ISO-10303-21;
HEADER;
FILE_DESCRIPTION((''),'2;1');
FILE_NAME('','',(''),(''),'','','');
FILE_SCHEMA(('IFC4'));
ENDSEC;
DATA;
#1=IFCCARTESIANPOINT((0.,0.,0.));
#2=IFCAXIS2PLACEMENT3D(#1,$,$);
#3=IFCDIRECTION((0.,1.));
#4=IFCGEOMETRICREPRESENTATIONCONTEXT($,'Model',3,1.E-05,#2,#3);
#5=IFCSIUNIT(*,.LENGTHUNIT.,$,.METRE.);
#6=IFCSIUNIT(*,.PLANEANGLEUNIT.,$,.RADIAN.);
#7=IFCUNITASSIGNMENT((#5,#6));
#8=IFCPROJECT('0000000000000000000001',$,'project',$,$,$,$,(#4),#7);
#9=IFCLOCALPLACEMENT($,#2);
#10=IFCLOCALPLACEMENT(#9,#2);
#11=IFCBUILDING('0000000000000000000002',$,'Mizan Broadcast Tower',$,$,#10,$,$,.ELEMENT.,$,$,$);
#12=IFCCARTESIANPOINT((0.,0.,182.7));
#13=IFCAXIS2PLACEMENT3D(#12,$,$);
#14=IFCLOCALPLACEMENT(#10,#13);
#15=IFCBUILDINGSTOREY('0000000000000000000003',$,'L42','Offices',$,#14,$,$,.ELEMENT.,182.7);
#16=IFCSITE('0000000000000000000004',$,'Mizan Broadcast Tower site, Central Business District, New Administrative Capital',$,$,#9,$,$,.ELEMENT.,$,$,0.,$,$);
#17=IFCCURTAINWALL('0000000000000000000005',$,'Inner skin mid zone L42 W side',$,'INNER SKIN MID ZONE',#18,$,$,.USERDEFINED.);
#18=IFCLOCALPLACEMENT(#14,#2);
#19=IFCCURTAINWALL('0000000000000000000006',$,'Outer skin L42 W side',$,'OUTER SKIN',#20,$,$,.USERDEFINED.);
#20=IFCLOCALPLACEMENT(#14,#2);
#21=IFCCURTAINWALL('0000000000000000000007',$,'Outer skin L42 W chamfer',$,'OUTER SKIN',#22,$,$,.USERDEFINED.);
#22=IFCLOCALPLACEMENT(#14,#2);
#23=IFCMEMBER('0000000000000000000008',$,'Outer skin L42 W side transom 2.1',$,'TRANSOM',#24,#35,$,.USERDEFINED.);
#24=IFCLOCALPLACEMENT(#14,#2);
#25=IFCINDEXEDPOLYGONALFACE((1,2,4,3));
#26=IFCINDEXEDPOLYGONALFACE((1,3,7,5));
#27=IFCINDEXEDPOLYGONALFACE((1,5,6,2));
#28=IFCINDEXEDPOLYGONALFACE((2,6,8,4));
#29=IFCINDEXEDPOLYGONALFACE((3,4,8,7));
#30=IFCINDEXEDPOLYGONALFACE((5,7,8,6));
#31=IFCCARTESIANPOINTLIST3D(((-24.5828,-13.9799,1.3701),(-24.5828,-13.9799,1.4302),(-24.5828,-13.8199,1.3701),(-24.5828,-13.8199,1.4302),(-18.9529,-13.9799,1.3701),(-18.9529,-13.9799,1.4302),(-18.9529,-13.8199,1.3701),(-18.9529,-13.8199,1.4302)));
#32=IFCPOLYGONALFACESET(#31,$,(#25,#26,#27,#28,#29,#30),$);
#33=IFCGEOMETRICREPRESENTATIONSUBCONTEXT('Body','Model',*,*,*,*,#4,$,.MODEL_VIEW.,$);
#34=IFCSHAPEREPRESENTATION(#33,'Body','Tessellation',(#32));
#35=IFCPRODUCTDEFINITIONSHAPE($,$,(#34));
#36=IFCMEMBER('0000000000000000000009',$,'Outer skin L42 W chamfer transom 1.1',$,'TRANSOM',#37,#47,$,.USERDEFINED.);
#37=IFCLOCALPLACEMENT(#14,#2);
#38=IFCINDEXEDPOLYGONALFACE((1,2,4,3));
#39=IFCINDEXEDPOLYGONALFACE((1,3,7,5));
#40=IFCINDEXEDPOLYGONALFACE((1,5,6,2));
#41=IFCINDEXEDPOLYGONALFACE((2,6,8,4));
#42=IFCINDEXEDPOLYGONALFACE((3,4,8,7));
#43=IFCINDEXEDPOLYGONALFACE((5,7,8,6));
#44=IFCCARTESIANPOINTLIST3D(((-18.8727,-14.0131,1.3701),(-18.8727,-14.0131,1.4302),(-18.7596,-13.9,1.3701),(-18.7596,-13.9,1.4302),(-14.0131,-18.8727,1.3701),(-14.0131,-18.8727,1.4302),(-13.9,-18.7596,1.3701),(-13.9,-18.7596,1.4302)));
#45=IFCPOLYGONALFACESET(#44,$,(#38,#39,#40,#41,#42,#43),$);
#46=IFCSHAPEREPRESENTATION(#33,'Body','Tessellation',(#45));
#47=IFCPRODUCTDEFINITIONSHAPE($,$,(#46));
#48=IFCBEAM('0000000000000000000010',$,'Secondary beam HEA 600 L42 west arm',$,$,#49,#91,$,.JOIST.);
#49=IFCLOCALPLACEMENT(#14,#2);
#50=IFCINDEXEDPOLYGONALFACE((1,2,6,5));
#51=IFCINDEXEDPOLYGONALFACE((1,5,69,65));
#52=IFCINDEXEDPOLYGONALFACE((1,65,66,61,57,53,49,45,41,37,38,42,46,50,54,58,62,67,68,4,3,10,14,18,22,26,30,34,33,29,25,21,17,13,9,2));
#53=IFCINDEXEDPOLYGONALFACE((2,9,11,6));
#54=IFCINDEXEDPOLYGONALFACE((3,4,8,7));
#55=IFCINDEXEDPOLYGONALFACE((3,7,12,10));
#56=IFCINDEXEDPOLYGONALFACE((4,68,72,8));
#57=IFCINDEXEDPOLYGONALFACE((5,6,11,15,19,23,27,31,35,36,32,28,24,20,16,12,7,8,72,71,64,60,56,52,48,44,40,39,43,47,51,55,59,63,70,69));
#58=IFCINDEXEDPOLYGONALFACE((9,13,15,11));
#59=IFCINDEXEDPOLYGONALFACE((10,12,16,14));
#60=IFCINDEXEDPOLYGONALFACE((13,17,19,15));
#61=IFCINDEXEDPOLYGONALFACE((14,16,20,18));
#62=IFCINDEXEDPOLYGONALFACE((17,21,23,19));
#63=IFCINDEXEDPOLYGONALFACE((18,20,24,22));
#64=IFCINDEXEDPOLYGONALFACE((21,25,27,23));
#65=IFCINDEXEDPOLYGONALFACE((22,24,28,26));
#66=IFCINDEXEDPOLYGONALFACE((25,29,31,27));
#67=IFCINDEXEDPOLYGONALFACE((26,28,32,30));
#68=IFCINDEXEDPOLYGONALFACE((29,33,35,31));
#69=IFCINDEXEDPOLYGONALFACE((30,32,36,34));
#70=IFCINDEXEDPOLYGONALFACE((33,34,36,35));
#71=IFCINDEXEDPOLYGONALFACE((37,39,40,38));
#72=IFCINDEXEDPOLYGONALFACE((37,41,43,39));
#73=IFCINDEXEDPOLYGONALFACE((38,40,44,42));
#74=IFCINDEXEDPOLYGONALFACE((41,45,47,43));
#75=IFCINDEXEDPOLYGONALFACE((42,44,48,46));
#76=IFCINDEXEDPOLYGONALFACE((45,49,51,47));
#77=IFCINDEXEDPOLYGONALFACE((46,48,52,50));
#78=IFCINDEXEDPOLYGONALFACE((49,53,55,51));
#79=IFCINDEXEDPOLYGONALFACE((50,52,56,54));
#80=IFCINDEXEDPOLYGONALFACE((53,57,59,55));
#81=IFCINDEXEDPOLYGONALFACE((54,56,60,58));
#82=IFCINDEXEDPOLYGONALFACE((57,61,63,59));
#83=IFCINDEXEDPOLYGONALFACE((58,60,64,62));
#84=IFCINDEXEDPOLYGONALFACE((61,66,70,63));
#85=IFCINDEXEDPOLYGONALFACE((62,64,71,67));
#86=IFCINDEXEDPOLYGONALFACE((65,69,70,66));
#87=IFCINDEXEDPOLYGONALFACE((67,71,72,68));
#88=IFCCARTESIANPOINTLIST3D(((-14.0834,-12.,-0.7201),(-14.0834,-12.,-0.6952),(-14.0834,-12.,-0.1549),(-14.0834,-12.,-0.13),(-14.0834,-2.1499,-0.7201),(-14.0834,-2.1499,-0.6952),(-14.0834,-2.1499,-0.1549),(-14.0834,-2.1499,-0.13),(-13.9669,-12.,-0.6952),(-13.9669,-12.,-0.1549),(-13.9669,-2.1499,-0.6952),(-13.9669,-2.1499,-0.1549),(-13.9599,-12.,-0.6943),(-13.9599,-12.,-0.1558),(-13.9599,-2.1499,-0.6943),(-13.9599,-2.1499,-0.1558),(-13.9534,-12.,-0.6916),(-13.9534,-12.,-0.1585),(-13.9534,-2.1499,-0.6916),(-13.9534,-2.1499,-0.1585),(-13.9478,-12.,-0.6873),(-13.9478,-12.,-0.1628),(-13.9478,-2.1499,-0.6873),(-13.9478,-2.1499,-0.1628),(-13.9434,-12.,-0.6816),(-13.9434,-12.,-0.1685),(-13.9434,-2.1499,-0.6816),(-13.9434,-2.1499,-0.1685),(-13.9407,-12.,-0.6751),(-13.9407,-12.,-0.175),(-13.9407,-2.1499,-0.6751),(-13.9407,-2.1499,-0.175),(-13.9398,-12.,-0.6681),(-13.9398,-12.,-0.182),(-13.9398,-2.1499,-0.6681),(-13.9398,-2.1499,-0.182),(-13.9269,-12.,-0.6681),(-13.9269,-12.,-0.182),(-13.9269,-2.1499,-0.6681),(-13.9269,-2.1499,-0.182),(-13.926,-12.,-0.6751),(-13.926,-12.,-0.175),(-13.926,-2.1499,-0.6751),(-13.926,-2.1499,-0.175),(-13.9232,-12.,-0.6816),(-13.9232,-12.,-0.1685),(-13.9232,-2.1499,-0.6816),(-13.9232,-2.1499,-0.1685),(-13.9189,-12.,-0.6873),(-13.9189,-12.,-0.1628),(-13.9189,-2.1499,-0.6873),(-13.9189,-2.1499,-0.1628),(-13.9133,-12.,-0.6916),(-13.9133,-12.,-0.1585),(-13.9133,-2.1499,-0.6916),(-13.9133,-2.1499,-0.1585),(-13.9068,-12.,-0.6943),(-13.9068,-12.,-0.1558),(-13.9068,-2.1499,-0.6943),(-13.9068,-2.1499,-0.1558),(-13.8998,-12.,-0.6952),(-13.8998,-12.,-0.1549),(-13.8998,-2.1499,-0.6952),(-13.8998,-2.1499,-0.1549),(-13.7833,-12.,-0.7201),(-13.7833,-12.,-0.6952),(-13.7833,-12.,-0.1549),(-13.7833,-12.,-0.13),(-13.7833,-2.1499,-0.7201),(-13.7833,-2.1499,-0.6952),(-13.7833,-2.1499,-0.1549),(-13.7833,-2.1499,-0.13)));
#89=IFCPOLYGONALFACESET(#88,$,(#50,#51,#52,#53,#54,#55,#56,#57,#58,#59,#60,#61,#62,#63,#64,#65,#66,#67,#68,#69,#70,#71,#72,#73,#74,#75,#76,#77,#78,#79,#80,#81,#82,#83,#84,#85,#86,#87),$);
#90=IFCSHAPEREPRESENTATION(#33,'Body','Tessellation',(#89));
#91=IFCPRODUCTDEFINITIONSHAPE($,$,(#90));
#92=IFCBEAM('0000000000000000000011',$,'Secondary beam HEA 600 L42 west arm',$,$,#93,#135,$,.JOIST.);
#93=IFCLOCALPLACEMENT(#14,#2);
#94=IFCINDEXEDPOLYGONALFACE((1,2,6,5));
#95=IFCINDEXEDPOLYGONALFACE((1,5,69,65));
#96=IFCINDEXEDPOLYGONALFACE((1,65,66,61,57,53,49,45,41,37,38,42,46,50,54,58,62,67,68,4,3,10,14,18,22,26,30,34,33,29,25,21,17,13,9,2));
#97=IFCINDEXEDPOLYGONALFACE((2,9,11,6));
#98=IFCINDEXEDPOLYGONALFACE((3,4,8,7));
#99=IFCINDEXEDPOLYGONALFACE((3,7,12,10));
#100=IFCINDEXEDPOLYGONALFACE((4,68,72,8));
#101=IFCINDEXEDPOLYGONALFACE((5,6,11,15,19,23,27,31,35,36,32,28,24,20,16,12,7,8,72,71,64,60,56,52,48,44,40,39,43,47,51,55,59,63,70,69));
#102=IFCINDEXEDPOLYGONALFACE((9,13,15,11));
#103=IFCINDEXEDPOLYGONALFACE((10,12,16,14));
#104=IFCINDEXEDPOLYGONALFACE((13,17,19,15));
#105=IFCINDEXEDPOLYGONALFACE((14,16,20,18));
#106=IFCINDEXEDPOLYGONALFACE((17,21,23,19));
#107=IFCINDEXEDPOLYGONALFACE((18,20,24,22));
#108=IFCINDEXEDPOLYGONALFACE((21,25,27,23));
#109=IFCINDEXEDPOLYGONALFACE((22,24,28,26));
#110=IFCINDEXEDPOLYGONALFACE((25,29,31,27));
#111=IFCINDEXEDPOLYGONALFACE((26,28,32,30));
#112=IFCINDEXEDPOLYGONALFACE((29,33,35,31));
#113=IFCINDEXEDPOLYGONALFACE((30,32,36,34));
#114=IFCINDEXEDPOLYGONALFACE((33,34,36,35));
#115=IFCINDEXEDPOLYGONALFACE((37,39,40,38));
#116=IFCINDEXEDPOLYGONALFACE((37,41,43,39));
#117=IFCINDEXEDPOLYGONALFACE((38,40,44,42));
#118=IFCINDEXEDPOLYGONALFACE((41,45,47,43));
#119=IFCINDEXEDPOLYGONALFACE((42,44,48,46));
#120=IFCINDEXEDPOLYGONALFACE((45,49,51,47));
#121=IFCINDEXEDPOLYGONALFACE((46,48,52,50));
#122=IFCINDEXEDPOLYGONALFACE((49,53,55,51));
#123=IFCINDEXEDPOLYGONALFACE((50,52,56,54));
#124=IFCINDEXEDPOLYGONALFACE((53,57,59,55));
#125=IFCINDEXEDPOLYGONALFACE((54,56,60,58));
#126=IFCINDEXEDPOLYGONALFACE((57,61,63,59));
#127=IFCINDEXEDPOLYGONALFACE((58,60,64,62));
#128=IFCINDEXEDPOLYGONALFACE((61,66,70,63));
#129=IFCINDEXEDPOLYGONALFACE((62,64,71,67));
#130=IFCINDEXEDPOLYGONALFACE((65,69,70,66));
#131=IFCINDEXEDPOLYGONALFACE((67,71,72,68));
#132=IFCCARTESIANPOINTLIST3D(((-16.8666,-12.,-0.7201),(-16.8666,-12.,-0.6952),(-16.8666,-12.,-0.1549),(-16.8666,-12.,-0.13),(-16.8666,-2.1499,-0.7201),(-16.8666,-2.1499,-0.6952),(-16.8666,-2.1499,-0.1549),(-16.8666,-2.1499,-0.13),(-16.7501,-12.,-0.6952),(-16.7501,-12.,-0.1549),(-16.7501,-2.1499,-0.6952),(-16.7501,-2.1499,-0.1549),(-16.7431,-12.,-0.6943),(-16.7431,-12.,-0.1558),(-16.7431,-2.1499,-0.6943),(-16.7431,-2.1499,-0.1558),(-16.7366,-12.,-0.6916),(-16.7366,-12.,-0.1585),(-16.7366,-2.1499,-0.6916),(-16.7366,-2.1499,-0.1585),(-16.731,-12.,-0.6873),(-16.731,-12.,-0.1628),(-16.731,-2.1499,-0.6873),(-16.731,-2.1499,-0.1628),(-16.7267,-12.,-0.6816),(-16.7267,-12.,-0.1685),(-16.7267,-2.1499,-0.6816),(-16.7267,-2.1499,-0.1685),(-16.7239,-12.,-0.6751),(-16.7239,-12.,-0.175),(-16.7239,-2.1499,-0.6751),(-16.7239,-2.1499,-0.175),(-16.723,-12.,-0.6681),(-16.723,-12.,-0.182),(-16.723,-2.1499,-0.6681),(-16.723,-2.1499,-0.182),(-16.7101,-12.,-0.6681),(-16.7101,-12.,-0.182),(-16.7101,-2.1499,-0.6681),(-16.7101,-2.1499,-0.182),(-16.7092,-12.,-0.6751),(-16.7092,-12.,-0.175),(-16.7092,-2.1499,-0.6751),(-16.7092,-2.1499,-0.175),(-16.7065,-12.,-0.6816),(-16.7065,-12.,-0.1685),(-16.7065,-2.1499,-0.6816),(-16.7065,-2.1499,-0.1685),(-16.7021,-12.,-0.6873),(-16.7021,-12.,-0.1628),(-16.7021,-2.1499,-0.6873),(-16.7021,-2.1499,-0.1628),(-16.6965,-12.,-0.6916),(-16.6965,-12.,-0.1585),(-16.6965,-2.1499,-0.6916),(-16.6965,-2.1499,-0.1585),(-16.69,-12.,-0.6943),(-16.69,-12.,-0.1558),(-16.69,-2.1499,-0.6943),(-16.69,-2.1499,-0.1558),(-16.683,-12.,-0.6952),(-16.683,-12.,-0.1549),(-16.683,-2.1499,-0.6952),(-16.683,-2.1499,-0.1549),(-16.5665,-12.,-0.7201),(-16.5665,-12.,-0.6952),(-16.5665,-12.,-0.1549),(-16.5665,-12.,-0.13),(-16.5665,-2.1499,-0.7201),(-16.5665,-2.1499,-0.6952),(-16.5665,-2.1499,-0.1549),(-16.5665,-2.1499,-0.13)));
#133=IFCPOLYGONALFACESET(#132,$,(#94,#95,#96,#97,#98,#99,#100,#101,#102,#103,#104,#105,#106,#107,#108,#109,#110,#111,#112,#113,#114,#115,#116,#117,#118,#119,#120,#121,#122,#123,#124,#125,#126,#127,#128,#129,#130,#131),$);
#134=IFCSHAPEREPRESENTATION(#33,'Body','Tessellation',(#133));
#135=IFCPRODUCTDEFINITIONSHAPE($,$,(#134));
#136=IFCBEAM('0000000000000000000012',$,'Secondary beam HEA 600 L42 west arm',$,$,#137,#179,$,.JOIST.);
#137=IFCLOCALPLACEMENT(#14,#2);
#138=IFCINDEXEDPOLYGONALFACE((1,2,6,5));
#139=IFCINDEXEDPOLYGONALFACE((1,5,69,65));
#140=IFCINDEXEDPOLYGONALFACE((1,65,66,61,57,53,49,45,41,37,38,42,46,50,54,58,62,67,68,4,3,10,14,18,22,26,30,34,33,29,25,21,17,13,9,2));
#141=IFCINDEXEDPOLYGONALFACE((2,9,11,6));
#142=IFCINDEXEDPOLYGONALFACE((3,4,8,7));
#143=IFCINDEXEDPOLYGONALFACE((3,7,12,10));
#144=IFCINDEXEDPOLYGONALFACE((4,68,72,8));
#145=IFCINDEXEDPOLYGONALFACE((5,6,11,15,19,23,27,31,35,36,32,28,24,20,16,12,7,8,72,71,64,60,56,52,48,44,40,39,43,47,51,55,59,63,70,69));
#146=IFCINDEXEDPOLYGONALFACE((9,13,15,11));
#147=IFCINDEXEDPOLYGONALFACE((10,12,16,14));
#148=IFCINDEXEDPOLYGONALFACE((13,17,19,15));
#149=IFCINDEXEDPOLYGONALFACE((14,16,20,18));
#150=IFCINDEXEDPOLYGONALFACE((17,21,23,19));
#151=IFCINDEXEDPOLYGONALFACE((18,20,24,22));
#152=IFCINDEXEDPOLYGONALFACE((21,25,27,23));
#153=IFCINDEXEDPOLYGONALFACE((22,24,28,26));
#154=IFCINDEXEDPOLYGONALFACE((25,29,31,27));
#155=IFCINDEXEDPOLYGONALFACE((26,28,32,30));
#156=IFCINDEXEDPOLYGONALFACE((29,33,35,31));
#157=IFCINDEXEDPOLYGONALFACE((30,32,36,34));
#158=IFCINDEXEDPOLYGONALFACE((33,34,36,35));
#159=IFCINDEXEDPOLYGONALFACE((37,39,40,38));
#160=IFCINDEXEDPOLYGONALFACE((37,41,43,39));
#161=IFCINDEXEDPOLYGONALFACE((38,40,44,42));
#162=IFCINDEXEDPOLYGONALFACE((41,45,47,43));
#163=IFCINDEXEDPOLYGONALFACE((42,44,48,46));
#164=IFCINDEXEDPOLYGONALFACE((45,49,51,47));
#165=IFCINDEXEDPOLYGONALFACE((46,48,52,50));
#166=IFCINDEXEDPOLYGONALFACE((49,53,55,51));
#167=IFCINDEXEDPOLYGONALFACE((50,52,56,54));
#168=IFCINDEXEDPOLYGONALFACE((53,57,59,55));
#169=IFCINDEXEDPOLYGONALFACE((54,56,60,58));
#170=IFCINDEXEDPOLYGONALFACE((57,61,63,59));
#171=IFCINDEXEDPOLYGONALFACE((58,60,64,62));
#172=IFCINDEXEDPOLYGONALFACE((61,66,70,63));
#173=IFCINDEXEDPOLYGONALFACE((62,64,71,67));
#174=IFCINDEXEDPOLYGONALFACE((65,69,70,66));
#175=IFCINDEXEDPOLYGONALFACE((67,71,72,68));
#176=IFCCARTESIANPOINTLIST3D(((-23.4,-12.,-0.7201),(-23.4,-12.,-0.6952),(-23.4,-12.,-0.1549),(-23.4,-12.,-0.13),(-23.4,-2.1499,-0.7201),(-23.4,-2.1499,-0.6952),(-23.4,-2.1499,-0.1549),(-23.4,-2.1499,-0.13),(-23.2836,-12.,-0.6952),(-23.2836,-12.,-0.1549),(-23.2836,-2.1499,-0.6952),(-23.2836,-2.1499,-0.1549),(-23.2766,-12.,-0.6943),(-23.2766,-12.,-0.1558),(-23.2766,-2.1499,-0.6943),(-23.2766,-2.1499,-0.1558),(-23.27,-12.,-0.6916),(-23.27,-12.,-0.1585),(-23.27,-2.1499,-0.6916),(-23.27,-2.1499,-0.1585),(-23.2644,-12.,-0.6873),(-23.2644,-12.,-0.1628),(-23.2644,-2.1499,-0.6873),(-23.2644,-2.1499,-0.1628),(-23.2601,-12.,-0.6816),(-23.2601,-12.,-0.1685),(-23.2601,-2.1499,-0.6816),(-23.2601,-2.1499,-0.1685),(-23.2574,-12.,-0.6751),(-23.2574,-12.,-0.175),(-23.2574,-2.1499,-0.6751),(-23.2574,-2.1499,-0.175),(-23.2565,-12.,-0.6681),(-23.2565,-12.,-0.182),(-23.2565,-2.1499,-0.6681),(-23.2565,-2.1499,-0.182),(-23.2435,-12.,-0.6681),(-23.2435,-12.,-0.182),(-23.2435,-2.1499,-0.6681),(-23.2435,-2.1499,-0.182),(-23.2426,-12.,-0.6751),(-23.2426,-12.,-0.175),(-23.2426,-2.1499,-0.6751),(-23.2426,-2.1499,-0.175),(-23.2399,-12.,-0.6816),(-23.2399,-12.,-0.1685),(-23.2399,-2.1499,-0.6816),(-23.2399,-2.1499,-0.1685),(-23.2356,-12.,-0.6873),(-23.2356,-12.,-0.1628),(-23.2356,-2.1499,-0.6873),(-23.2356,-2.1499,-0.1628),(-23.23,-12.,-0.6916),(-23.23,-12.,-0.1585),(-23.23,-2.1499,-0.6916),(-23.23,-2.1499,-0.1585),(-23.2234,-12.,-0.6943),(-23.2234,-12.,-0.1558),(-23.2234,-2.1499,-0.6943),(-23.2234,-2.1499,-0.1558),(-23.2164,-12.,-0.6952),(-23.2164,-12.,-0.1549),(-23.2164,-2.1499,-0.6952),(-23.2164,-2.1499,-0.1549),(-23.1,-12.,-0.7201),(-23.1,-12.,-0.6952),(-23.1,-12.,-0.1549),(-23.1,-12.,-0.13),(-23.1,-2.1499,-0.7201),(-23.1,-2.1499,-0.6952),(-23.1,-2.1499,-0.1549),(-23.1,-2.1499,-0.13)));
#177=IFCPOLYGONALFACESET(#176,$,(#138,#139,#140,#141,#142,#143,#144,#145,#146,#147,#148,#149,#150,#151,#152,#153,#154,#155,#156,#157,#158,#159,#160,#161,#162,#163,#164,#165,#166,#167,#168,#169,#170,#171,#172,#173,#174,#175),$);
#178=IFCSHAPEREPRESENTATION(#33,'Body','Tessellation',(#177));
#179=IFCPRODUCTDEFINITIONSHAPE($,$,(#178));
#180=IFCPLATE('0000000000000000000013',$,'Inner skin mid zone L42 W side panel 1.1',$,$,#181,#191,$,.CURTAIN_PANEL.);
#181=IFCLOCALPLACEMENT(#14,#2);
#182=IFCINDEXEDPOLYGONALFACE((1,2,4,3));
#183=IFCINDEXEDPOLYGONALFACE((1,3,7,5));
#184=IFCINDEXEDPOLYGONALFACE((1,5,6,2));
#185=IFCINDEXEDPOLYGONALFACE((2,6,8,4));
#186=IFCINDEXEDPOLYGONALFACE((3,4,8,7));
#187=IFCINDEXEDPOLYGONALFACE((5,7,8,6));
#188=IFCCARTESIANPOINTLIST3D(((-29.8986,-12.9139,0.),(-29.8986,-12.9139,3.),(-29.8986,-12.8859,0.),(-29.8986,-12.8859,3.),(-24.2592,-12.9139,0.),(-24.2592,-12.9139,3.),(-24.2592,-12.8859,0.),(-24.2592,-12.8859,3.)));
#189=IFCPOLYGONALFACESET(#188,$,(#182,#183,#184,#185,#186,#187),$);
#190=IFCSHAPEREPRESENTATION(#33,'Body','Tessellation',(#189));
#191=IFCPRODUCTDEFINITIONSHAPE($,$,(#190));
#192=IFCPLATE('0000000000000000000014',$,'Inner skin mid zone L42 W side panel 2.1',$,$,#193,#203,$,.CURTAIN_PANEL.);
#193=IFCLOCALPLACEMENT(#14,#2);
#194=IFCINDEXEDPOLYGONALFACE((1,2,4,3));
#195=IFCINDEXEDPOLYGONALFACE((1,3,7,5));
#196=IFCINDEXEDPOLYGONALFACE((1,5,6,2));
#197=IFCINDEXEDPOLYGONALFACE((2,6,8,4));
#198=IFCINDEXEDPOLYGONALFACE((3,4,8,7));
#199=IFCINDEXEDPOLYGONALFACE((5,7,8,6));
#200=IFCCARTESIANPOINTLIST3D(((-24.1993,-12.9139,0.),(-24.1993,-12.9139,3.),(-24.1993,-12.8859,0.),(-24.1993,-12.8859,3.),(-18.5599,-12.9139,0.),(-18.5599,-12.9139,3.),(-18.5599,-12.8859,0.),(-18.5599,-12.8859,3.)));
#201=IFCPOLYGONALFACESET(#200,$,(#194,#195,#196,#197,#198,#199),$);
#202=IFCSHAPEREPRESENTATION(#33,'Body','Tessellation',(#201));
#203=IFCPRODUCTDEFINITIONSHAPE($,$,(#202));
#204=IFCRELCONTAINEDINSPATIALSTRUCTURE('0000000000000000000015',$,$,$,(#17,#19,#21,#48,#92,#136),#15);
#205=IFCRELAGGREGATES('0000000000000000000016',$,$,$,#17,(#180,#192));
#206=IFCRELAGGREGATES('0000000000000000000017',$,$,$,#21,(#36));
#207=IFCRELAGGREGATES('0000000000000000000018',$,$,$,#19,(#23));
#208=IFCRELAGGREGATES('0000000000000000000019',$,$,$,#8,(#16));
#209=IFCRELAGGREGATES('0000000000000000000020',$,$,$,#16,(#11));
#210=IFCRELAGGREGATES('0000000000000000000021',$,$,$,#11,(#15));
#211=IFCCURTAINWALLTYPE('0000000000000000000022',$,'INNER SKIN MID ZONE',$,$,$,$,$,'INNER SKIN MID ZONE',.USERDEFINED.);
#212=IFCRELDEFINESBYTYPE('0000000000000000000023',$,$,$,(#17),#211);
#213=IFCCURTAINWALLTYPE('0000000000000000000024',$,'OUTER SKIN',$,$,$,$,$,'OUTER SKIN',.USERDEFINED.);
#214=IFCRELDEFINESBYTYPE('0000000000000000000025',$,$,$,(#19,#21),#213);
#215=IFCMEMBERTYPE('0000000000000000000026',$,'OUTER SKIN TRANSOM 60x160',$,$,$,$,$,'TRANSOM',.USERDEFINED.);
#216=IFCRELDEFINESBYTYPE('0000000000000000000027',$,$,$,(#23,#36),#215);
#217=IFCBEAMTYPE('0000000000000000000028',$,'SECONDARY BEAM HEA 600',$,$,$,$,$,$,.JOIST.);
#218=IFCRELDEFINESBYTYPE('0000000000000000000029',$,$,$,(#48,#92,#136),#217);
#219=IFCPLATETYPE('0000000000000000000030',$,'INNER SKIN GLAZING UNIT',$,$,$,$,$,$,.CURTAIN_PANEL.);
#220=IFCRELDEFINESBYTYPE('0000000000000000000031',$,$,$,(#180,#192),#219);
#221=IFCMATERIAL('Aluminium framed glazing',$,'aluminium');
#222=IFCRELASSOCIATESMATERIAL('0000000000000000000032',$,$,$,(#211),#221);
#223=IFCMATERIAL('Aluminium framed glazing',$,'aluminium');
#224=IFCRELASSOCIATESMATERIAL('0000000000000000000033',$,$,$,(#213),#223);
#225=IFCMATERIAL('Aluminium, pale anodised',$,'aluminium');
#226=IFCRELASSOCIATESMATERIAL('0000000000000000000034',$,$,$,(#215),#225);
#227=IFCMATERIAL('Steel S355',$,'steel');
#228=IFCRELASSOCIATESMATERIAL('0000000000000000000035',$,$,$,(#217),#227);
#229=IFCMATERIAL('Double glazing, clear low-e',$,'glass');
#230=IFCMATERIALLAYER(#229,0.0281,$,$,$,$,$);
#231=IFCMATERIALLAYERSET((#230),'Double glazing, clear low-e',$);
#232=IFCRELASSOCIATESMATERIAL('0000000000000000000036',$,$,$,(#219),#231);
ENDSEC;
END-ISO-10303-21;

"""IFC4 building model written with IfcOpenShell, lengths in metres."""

from ifc_helpers import new_model, si_unit, direction, frame, origin, origin_2d, place, context, subcontext, project, spatial, rectangle, i_section, extrude, material, layer, layer_set, material_profile, profile_set, type_object, element, aggregate, save


model = new_model("IFC4")

# Units and contexts
model_context = context("Model", 3, precision=1e-05, world=origin(), true_north=direction((0.0, 1.0)))
body_context = subcontext(model_context, "Body", "Model", "MODEL_VIEW")
ifc_project = project(units=[si_unit("LENGTHUNIT", "METRE"), si_unit("PLANEANGLEUNIT", "RADIAN")], contexts=[model_context])

# Site, building, storey
site_placement = place(None, origin())
site = spatial("IfcSite", under=ifc_project, at=site_placement, Name="Mizan Broadcast Tower site, Central Business District, New Administrative Capital", CompositionType="ELEMENT", RefElevation=0.0)
building_placement = place(site_placement, origin())
building = spatial("IfcBuilding", under=site, at=building_placement, Name="Mizan Broadcast Tower", CompositionType="ELEMENT")
storey_placement = place(building_placement, frame((0.0, 0.0, 182.7)))
storey = spatial("IfcBuildingStorey", under=building, at=storey_placement, Name="L42", Description="Offices", CompositionType="ELEMENT", Elevation=182.7)

# Curtain walls
ifc_material_1 = material(Name="Aluminium framed glazing", Category="aluminium")
curtain_wall_type_1 = type_object("IfcCurtainWallType", Name="INNER SKIN MID ZONE", ElementType="INNER SKIN MID ZONE", PredefinedType="USERDEFINED", material=ifc_material_1)
curtain_wall_1_placement = place(storey_placement, origin())
curtain_wall_1 = element("IfcCurtainWall", 1, at=curtain_wall_1_placement, inside=storey, type_object=curtain_wall_type_1, Name="Inner skin mid zone L42 W side", ObjectType="INNER SKIN MID ZONE", PredefinedType="USERDEFINED")
ifc_material_2 = material(Name="Aluminium framed glazing", Category="aluminium")
curtain_wall_type_2 = type_object("IfcCurtainWallType", Name="OUTER SKIN", ElementType="OUTER SKIN", PredefinedType="USERDEFINED", material=ifc_material_2)
curtain_wall_2_placement = place(storey_placement, origin())
curtain_wall_2 = element("IfcCurtainWall", 2, at=curtain_wall_2_placement, inside=storey, type_object=curtain_wall_type_2, Name="Outer skin L42 W side", ObjectType="OUTER SKIN", PredefinedType="USERDEFINED")

# Curtain wall
curtain_wall_3_placement = place(storey_placement, origin())
curtain_wall_3 = element("IfcCurtainWall", 3, at=curtain_wall_3_placement, inside=storey, type_object=curtain_wall_type_2, Name="Outer skin L42 W chamfer", ObjectType="OUTER SKIN", PredefinedType="USERDEFINED")

# Members
ifc_material_3 = material(Name="Aluminium, pale anodised", Category="aluminium")
ifc_material_profile_1 = material_profile(ifc_material_3, rectangle(XDim=0.1599, YDim=0.0601, at=origin_2d()), Name="TRANSOM 160x60")
ifc_profile_set_1 = profile_set([ifc_material_profile_1], Name="Aluminium, pale anodised")
member_type_1 = type_object("IfcMemberType", Name="OUTER SKIN TRANSOM 60x160", ElementType="TRANSOM", PredefinedType="USERDEFINED", material=ifc_profile_set_1)
member_1_placement = place(storey_placement, frame((-24.5828, -13.8999, 1.4001), z_axis=(1.0, 0.0, 0.0), x_axis=(0.0, 1.0, 0.0)))
member_1 = element("IfcMember", 4, at=member_1_placement, type_object=member_type_1, Name="Outer skin L42 W side transom 2.1", ObjectType="TRANSOM", PredefinedType="USERDEFINED", context=body_context, shape_type="SweptSolid", body=[
    extrude(rectangle(XDim=0.1599, YDim=0.0601, at=origin_2d()), origin(), (0.0, 0.0, 1.0), 5.6299),
])
member_2_placement = place(storey_placement, frame((-18.8162, -13.9565, 1.4001), z_axis=(0.707107, -0.707107, 0.0), x_axis=(0.707107, 0.707107, 0.0)))
member_2 = element("IfcMember", 5, at=member_2_placement, type_object=member_type_1, Name="Outer skin L42 W chamfer transom 1.1", ObjectType="TRANSOM", PredefinedType="USERDEFINED", context=body_context, shape_type="SweptSolid", body=[
    extrude(rectangle(XDim=0.1599, YDim=0.0601, at=origin_2d()), origin(), (0.0, 0.0, 1.0), 6.8726),
])

# Beams
ifc_material_4 = material(Name="Steel S355", Category="steel")
ifc_material_profile_2 = material_profile(ifc_material_4, i_section(OverallWidth=0.3, OverallDepth=0.5901, WebThickness=0.0129, FlangeThickness=0.0249, FilletRadius=0.0271, at=origin_2d()), Name="HEA 600")
ifc_profile_set_2 = profile_set([ifc_material_profile_2], Name="Steel S355")
beam_type_1 = type_object("IfcBeamType", Name="SECONDARY BEAM HEA 600", PredefinedType="JOIST", material=ifc_profile_set_2)
for number, where, z_axis, x_axis, name in (
    (6, (-13.9333, -12.0, -0.425), (0.0, 1.0, 0.0), (-1.0, 0.0, 0.0), "Secondary beam HEA 600 L42 west arm"),
    (7, (-16.7166, -12.0, -0.425), (0.0, 1.0, 0.0), (-1.0, 0.0, 0.0), "Secondary beam HEA 600 L42 west arm"),
    (8, (-23.25, -12.0, -0.425), (0.0, 1.0, 0.0), (-1.0, 0.0, 0.0), "Secondary beam HEA 600 L42 west arm"),
):
    element("IfcBeam", number, at=place(storey_placement, frame(where, z_axis=z_axis, x_axis=x_axis)), inside=storey, type_object=beam_type_1, Name=name, PredefinedType="JOIST", context=body_context, shape_type="SweptSolid", body=[
        extrude(i_section(OverallWidth=0.3, OverallDepth=0.5901, WebThickness=0.0129, FlangeThickness=0.0249, FilletRadius=0.0271, at=origin_2d()), origin(), (0.0, 0.0, 1.0), 9.8501),
    ])

# Plates
ifc_material_5 = material(Name="Double glazing, clear low-e", Category="glass")
ifc_layer_1 = layer(ifc_material_5, 0.0281)
ifc_layer_set_1 = layer_set([ifc_layer_1], Name="Double glazing, clear low-e")
plate_type_1 = type_object("IfcPlateType", Name="INNER SKIN GLAZING UNIT", PredefinedType="CURTAIN_PANEL", material=ifc_layer_set_1)
plate_1_placement = place(storey_placement, frame((-27.0789, -12.8999, 0.0), z_axis=(0.0, 0.0, 1.0), x_axis=(1.0, 0.0, 0.0)))
plate_1 = element("IfcPlate", 9, at=plate_1_placement, type_object=plate_type_1, Name="Inner skin mid zone L42 W side panel 1.1", PredefinedType="CURTAIN_PANEL", context=body_context, shape_type="SweptSolid", body=[
    extrude(rectangle(XDim=5.6394, YDim=0.0281, at=origin_2d()), origin(), (0.0, 0.0, 1.0), 3.0),
])
plate_2_placement = place(storey_placement, frame((-21.3796, -12.8999, 0.0), z_axis=(0.0, 0.0, 1.0), x_axis=(1.0, 0.0, 0.0)))
plate_2 = element("IfcPlate", 10, at=plate_2_placement, type_object=plate_type_1, Name="Inner skin mid zone L42 W side panel 2.1", PredefinedType="CURTAIN_PANEL", context=body_context, shape_type="SweptSolid", body=[
    extrude(rectangle(XDim=5.6394, YDim=0.0281, at=origin_2d()), origin(), (0.0, 0.0, 1.0), 3.0),
])
aggregate(curtain_wall_1, [plate_1, plate_2])
aggregate(curtain_wall_3, [member_2])
aggregate(curtain_wall_2, [member_1])

save(model, "model.ifc")
